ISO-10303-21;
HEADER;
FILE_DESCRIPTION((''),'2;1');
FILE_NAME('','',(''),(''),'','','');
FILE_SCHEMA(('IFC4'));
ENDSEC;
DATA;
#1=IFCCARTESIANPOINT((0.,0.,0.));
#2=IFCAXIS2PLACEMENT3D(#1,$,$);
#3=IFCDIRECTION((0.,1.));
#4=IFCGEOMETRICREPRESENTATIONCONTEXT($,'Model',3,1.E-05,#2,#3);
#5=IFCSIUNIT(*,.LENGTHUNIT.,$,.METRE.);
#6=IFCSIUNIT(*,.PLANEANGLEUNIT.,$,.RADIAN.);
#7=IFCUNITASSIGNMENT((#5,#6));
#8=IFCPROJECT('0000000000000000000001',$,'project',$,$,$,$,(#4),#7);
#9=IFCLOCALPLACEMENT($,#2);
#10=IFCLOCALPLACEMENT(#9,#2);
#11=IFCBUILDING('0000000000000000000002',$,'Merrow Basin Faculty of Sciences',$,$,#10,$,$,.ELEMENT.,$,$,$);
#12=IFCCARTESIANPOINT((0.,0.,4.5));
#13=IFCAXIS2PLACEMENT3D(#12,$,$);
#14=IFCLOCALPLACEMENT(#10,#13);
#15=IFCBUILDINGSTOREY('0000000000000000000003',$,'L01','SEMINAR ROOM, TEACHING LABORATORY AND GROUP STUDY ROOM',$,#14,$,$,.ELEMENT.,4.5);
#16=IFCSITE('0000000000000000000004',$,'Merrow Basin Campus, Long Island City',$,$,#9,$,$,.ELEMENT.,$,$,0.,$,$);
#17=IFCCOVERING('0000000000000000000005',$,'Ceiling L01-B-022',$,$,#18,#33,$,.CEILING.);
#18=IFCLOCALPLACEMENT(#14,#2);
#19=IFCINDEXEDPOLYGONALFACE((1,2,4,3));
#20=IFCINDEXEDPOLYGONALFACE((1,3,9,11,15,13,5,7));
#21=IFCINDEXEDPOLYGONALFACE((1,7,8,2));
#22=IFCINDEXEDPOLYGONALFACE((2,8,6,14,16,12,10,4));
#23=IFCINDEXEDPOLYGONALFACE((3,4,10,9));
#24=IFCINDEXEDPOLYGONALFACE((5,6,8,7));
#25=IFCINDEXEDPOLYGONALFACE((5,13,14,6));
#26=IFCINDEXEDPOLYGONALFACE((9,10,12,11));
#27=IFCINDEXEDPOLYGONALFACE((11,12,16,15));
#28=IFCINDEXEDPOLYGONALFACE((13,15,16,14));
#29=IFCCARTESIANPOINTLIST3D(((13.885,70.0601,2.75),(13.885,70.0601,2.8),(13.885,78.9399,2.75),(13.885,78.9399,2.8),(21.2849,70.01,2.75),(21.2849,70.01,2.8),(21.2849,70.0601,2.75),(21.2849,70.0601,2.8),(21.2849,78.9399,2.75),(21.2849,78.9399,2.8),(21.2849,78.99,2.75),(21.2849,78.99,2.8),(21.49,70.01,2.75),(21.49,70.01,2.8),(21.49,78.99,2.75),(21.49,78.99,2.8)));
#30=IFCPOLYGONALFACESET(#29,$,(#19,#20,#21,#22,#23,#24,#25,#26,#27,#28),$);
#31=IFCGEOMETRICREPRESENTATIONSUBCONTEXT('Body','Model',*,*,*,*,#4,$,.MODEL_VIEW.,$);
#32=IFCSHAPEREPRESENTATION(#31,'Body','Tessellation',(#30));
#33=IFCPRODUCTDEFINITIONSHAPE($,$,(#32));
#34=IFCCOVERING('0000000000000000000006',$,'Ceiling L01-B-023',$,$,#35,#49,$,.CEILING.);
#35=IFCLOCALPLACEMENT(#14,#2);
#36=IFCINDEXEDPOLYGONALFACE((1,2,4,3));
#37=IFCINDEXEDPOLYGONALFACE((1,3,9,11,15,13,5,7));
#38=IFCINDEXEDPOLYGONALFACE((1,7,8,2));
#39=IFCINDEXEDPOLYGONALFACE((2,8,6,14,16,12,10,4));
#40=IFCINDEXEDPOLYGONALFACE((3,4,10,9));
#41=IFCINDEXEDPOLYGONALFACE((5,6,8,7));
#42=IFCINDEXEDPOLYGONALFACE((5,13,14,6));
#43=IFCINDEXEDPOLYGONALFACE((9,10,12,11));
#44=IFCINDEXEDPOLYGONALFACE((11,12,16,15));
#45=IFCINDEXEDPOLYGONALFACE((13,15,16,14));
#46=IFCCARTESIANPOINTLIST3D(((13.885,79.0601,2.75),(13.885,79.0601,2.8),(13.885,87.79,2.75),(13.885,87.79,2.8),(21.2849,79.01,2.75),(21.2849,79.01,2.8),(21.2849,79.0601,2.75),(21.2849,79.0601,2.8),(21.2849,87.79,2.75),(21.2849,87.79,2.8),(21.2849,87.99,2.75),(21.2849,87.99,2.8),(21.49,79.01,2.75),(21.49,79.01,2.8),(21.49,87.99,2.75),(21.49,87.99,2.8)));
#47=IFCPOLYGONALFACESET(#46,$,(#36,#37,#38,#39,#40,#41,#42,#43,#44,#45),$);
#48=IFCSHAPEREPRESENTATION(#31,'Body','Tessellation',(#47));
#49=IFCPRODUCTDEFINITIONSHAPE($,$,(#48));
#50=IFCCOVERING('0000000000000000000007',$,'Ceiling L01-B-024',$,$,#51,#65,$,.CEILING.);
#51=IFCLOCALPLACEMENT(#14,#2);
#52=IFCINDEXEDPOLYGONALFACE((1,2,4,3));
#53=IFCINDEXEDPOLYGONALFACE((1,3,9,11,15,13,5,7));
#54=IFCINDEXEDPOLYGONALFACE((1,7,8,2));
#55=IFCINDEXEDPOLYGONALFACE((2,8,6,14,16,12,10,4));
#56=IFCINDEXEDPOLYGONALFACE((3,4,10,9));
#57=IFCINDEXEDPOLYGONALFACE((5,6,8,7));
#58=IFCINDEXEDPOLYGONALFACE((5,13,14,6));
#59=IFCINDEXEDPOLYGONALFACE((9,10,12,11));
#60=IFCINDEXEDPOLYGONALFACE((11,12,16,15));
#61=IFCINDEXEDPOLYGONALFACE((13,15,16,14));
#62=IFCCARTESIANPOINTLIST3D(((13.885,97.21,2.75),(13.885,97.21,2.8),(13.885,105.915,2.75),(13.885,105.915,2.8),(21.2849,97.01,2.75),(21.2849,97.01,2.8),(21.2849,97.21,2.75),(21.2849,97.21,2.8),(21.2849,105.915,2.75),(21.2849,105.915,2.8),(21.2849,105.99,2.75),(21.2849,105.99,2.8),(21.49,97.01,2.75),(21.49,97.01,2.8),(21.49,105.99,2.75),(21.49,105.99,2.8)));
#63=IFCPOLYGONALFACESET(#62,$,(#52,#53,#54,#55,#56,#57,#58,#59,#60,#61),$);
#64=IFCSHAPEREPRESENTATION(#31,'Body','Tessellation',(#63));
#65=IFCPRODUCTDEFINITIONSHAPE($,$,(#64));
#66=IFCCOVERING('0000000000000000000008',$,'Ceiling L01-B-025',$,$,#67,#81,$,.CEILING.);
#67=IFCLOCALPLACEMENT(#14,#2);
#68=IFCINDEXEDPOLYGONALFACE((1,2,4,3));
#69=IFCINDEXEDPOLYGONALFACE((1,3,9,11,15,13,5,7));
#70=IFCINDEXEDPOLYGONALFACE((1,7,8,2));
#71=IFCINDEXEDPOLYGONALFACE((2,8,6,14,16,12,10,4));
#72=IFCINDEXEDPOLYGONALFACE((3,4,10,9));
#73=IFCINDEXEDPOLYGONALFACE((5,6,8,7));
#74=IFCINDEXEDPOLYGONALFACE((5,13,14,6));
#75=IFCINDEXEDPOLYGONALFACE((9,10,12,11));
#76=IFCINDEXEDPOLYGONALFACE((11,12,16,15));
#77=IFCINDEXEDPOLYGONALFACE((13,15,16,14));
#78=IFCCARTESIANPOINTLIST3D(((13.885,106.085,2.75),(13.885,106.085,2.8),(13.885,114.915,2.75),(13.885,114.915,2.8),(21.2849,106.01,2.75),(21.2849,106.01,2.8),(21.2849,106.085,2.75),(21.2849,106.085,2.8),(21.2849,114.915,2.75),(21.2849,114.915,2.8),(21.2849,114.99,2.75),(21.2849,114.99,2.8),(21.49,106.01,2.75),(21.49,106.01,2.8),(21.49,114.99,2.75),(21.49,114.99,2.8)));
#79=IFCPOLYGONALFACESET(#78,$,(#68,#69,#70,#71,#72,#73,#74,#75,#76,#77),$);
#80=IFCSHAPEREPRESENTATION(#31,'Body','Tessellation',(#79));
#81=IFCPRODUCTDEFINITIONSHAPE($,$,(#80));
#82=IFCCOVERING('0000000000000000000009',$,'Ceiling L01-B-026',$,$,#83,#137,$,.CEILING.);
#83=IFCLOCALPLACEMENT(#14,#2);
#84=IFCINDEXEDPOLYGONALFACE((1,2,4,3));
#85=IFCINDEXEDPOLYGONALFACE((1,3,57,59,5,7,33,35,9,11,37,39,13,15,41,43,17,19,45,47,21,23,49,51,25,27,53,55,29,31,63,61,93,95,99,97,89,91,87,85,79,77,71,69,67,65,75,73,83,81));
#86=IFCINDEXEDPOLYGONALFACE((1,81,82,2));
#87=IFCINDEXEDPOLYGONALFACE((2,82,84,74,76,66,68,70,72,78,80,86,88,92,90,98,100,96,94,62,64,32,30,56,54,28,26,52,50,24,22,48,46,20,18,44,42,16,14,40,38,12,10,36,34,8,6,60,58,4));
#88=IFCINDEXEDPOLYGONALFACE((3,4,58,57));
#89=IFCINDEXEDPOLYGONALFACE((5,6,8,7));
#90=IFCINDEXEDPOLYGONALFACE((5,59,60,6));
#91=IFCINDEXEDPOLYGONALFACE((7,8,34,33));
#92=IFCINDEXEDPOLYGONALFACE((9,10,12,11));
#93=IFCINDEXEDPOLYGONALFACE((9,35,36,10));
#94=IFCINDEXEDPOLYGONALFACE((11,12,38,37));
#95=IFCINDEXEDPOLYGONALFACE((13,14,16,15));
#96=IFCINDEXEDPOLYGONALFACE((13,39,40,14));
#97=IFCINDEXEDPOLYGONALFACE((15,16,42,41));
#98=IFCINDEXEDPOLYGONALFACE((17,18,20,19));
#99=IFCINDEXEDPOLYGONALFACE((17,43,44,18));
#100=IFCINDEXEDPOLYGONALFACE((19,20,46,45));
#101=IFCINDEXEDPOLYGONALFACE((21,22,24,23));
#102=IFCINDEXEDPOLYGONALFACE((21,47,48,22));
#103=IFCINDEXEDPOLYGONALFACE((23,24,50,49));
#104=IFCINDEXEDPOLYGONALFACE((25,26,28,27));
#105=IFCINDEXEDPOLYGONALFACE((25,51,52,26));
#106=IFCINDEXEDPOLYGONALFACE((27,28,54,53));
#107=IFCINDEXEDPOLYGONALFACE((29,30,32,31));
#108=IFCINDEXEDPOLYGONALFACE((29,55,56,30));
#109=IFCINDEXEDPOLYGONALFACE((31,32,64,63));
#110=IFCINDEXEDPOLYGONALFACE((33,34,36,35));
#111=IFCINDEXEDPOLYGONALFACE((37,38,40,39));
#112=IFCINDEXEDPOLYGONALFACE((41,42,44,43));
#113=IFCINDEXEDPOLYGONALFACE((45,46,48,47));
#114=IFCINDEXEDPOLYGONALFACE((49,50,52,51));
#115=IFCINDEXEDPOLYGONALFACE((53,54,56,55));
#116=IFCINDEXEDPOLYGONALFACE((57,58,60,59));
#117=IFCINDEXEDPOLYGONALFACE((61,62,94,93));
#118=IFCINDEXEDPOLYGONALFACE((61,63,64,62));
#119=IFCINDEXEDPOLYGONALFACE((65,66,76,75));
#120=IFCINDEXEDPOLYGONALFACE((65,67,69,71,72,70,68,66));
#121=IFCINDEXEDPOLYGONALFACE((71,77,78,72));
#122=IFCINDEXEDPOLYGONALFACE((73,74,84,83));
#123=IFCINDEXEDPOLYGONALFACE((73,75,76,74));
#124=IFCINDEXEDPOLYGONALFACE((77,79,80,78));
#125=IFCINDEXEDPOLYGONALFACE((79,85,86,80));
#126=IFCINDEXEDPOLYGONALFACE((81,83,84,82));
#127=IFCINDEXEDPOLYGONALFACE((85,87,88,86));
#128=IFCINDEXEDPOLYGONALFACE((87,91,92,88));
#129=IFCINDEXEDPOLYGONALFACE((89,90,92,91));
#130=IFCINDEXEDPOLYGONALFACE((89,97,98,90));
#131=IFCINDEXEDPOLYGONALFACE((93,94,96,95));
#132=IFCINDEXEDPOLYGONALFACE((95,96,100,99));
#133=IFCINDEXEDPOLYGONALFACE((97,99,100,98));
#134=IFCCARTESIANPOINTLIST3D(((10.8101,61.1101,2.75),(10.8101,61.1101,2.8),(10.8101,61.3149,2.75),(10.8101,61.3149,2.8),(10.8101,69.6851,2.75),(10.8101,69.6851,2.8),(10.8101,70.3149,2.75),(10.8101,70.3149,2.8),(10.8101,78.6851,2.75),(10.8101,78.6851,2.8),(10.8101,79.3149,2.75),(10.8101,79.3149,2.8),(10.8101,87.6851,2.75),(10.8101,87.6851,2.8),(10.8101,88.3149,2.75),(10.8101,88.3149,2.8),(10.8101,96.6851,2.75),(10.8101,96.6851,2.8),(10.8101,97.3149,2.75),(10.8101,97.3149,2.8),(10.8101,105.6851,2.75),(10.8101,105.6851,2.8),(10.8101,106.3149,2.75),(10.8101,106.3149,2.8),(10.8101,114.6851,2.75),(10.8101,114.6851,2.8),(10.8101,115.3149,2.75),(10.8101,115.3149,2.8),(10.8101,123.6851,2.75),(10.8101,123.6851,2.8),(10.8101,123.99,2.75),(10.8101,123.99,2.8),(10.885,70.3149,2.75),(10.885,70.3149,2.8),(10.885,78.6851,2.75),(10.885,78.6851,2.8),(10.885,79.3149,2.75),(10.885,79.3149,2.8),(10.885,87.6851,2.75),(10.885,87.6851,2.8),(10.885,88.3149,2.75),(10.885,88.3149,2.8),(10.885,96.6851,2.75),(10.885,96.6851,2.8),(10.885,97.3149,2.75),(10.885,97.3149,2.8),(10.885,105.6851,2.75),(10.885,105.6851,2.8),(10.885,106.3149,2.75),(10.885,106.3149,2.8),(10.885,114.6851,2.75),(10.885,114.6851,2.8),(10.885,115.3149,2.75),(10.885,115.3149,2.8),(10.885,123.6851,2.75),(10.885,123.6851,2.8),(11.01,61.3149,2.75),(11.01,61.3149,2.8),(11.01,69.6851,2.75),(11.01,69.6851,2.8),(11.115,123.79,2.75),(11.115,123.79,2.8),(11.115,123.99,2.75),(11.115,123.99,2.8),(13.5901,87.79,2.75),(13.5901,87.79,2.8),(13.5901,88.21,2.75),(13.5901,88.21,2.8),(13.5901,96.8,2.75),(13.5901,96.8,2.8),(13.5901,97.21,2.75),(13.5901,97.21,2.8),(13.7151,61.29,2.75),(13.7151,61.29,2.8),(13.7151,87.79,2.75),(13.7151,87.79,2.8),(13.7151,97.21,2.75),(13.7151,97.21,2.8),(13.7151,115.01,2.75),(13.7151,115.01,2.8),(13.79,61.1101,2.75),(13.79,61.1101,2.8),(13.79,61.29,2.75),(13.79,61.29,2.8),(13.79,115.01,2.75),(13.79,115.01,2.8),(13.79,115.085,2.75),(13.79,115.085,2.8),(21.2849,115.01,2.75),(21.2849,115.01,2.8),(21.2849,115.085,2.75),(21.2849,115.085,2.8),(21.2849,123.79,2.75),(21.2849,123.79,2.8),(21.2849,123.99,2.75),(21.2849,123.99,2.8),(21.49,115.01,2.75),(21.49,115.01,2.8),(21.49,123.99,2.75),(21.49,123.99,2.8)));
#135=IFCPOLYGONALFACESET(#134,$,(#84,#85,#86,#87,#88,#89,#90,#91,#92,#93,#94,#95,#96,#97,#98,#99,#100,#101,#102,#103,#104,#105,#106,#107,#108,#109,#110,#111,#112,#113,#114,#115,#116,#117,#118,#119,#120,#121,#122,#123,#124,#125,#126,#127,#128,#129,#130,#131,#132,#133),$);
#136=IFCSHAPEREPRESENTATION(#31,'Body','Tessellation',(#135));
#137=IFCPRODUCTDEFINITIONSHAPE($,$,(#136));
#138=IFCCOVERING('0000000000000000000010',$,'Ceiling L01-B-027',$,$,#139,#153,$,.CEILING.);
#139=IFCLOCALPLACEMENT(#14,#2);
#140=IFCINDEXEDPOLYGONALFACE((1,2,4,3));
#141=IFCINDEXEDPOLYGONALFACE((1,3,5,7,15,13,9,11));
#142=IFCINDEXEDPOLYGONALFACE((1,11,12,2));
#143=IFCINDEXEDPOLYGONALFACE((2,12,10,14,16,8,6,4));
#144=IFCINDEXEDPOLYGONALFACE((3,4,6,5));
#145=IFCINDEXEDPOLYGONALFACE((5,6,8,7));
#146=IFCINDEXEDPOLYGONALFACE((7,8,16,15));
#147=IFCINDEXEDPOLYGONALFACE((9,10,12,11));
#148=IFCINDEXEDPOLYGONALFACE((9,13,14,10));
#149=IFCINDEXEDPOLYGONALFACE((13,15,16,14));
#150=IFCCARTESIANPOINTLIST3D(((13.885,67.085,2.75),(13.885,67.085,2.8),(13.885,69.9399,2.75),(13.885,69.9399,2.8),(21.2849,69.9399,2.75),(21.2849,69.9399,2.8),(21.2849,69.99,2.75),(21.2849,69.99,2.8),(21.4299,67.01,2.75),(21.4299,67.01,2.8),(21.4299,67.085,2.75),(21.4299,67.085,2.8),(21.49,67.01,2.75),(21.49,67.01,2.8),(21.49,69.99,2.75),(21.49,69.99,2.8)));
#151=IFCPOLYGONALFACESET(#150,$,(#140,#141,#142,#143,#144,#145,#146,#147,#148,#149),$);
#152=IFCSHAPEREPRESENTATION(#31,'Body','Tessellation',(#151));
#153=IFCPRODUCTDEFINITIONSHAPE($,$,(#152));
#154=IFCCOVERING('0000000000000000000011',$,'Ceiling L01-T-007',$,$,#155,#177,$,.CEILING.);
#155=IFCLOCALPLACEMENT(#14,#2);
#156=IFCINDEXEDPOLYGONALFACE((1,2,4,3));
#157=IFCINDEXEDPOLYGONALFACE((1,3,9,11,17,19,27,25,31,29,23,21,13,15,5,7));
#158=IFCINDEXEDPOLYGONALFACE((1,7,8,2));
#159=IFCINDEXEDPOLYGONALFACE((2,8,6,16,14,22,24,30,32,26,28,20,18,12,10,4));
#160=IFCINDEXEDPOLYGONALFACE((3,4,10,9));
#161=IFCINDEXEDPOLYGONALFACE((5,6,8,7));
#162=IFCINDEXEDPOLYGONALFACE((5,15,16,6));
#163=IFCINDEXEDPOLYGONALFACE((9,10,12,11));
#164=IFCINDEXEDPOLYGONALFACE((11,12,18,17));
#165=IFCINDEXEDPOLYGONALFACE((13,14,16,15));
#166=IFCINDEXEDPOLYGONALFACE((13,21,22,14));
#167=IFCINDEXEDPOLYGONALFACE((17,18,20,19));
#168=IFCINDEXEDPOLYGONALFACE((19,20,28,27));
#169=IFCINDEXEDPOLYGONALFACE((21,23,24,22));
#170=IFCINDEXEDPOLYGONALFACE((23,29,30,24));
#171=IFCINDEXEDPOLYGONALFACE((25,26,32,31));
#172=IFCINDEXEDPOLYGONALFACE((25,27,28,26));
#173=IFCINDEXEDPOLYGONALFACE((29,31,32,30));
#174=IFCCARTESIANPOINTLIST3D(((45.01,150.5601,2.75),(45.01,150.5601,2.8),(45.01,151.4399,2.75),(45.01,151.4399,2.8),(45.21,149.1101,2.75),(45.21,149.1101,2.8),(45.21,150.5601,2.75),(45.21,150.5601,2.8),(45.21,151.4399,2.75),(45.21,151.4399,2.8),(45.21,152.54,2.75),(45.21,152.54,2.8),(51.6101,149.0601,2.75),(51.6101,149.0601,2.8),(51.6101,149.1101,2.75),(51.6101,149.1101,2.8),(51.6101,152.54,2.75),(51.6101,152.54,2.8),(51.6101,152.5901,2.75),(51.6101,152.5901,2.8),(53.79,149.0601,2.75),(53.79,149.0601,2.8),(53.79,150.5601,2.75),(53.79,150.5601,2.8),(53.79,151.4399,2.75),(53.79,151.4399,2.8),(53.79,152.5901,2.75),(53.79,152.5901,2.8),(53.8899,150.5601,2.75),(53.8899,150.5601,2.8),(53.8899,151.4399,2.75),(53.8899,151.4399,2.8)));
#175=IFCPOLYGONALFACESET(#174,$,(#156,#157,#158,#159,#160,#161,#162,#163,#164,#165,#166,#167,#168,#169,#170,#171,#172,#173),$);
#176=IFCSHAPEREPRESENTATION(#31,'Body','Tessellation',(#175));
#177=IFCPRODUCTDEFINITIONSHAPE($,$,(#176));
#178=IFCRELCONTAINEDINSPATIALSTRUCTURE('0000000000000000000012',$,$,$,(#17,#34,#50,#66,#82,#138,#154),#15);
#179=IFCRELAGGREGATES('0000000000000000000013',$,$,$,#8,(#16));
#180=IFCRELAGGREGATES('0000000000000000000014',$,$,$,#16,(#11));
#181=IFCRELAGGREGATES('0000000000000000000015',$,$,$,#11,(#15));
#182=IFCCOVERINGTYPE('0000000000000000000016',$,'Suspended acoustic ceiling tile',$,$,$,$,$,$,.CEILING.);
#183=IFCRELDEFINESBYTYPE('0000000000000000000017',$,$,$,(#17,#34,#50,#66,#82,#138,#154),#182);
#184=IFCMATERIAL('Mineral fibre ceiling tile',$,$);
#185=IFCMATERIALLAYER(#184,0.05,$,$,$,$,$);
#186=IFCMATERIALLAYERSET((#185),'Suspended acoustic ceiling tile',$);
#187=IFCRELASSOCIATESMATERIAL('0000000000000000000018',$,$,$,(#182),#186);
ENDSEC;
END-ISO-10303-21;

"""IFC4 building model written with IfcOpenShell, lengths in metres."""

from ifc_helpers import new_model, si_unit, direction, frame, origin, place, context, subcontext, project, spatial, polyline, outline, extrude, material, layer, layer_set, type_object, element, save


model = new_model("IFC4")

# Units and contexts
model_context = context("Model", 3, precision=1e-05, world=origin(), true_north=direction((0.0, 1.0)))
body_context = subcontext(model_context, "Body", "Model", "MODEL_VIEW")
ifc_project = project(units=[si_unit("LENGTHUNIT", "METRE"), si_unit("PLANEANGLEUNIT", "RADIAN")], contexts=[model_context])

# Site, building, storey
site_placement = place(None, origin())
site = spatial("IfcSite", under=ifc_project, at=site_placement, Name="Merrow Basin Campus, Long Island City", CompositionType="ELEMENT", RefElevation=0.0)
building_placement = place(site_placement, origin())
building = spatial("IfcBuilding", under=site, at=building_placement, Name="Merrow Basin Faculty of Sciences", CompositionType="ELEMENT")
storey_placement = place(building_placement, frame((0.0, 0.0, 4.5)))
storey = spatial("IfcBuildingStorey", under=building, at=storey_placement, Name="L01", Description="SEMINAR ROOM, TEACHING LABORATORY AND GROUP STUDY ROOM", CompositionType="ELEMENT", Elevation=4.5)

# Coverings
ifc_material_1 = material(Name="Mineral fibre ceiling tile")
ifc_layer_1 = layer(ifc_material_1, 0.05)
ifc_layer_set_1 = layer_set([ifc_layer_1], Name="Suspended acoustic ceiling tile")
covering_type_1 = type_object("IfcCoveringType", Name="Suspended acoustic ceiling tile", PredefinedType="CEILING", material=ifc_layer_set_1)
covering_1_placement = place(storey_placement, frame((0.0, 0.0, 2.75)))
element("IfcCovering", 1, at=covering_1_placement, inside=storey, type_object=covering_type_1, Name="Ceiling L01-B-022", PredefinedType="CEILING", context=body_context, shape_type="SweptSolid", body=[
    extrude(outline(polyline([(21.49, 78.99), (21.49, 70.01), (21.2849, 70.01), (21.2849, 70.0601), (13.885, 70.0601), (13.885, 78.9399), (21.2849, 78.9399), (21.2849, 78.99), (21.49, 78.99)])), origin(), (0.0, 0.0, 1.0), 0.05),
])
covering_2_placement = place(storey_placement, frame((0.0, 0.0, 2.75)))
element("IfcCovering", 2, at=covering_2_placement, inside=storey, type_object=covering_type_1, Name="Ceiling L01-B-023", PredefinedType="CEILING", context=body_context, shape_type="SweptSolid", body=[
    extrude(outline(polyline([(21.49, 87.99), (21.49, 79.01), (21.2849, 79.01), (21.2849, 79.0601), (13.885, 79.0601), (13.885, 87.79), (21.2849, 87.79), (21.2849, 87.99), (21.49, 87.99)])), origin(), (0.0, 0.0, 1.0), 0.05),
])
covering_3_placement = place(storey_placement, frame((0.0, 0.0, 2.75)))
element("IfcCovering", 3, at=covering_3_placement, inside=storey, type_object=covering_type_1, Name="Ceiling L01-B-024", PredefinedType="CEILING", context=body_context, shape_type="SweptSolid", body=[
    extrude(outline(polyline([(21.49, 105.99), (21.49, 97.01), (21.2849, 97.01), (21.2849, 97.21), (13.885, 97.21), (13.885, 105.915), (21.2849, 105.915), (21.2849, 105.99), (21.49, 105.99)])), origin(), (0.0, 0.0, 1.0), 0.05),
])
covering_4_placement = place(storey_placement, frame((0.0, 0.0, 2.75)))
element("IfcCovering", 4, at=covering_4_placement, inside=storey, type_object=covering_type_1, Name="Ceiling L01-B-025", PredefinedType="CEILING", context=body_context, shape_type="SweptSolid", body=[
    extrude(outline(polyline([(21.49, 114.99), (21.49, 106.01), (21.2849, 106.01), (21.2849, 106.085), (13.885, 106.085), (13.885, 114.915), (21.2849, 114.915), (21.2849, 114.99), (21.49, 114.99)])), origin(), (0.0, 0.0, 1.0), 0.05),
])
covering_5_placement = place(storey_placement, frame((0.0, 0.0, 2.75)))
element("IfcCovering", 5, at=covering_5_placement, inside=storey, type_object=covering_type_1, Name="Ceiling L01-B-026", PredefinedType="CEILING", context=body_context, shape_type="SweptSolid", body=[
    extrude(outline(polyline([(11.115, 123.99), (11.115, 123.79), (21.2849, 123.79), (21.2849, 123.99), (21.49, 123.99), (21.49, 115.01), (21.2849, 115.01), (21.2849, 115.085), (13.79, 115.085), (13.79, 115.01), (13.7151, 115.01), (13.7151, 97.21), (13.5901, 97.21), (13.5901, 96.8), (13.5901, 88.21), (13.5901, 87.79), (13.7151, 87.79), (13.7151, 61.29), (13.79, 61.29), (13.79, 61.1101), (10.8101, 61.1101), (10.8101, 61.3149), (11.01, 61.3149), (11.01, 69.6851), (10.8101, 69.6851), (10.8101, 70.3149), (10.885, 70.3149), (10.885, 78.6851), (10.8101, 78.6851), (10.8101, 79.3149), (10.885, 79.3149), (10.885, 87.6851), (10.8101, 87.6851), (10.8101, 88.3149), (10.885, 88.3149), (10.885, 96.6851), (10.8101, 96.6851), (10.8101, 97.3149), (10.885, 97.3149), (10.885, 105.6851), (10.8101, 105.6851), (10.8101, 106.3149), (10.885, 106.3149), (10.885, 114.6851), (10.8101, 114.6851), (10.8101, 115.3149), (10.885, 115.3149), (10.885, 123.6851), (10.8101, 123.6851), (10.8101, 123.99), (11.115, 123.99)])), origin(), (0.0, 0.0, 1.0), 0.05),
])
covering_6_placement = place(storey_placement, frame((0.0, 0.0, 2.75)))
element("IfcCovering", 6, at=covering_6_placement, inside=storey, type_object=covering_type_1, Name="Ceiling L01-B-027", PredefinedType="CEILING", context=body_context, shape_type="SweptSolid", body=[
    extrude(outline(polyline([(21.49, 69.99), (21.49, 67.01), (21.4299, 67.01), (21.4299, 67.085), (13.885, 67.085), (13.885, 69.9399), (21.2849, 69.9399), (21.2849, 69.99), (21.49, 69.99)])), origin(), (0.0, 0.0, 1.0), 0.05),
])
covering_7_placement = place(storey_placement, frame((0.0, 0.0, 2.75)))
element("IfcCovering", 7, at=covering_7_placement, inside=storey, type_object=covering_type_1, Name="Ceiling L01-T-007", PredefinedType="CEILING", context=body_context, shape_type="SweptSolid", body=[
    extrude(outline(polyline([(45.01, 151.4399), (45.21, 151.4399), (45.21, 152.54), (51.6101, 152.54), (51.6101, 152.5901), (53.79, 152.5901), (53.79, 151.4399), (53.8899, 151.4399), (53.8899, 150.5601), (53.79, 150.5601), (53.79, 149.0601), (51.6101, 149.0601), (51.6101, 149.1101), (45.21, 149.1101), (45.21, 150.5601), (45.01, 150.5601), (45.01, 151.4399)])), origin(), (0.0, 0.0, 1.0), 0.05),
])

save(model, "model.ifc")
